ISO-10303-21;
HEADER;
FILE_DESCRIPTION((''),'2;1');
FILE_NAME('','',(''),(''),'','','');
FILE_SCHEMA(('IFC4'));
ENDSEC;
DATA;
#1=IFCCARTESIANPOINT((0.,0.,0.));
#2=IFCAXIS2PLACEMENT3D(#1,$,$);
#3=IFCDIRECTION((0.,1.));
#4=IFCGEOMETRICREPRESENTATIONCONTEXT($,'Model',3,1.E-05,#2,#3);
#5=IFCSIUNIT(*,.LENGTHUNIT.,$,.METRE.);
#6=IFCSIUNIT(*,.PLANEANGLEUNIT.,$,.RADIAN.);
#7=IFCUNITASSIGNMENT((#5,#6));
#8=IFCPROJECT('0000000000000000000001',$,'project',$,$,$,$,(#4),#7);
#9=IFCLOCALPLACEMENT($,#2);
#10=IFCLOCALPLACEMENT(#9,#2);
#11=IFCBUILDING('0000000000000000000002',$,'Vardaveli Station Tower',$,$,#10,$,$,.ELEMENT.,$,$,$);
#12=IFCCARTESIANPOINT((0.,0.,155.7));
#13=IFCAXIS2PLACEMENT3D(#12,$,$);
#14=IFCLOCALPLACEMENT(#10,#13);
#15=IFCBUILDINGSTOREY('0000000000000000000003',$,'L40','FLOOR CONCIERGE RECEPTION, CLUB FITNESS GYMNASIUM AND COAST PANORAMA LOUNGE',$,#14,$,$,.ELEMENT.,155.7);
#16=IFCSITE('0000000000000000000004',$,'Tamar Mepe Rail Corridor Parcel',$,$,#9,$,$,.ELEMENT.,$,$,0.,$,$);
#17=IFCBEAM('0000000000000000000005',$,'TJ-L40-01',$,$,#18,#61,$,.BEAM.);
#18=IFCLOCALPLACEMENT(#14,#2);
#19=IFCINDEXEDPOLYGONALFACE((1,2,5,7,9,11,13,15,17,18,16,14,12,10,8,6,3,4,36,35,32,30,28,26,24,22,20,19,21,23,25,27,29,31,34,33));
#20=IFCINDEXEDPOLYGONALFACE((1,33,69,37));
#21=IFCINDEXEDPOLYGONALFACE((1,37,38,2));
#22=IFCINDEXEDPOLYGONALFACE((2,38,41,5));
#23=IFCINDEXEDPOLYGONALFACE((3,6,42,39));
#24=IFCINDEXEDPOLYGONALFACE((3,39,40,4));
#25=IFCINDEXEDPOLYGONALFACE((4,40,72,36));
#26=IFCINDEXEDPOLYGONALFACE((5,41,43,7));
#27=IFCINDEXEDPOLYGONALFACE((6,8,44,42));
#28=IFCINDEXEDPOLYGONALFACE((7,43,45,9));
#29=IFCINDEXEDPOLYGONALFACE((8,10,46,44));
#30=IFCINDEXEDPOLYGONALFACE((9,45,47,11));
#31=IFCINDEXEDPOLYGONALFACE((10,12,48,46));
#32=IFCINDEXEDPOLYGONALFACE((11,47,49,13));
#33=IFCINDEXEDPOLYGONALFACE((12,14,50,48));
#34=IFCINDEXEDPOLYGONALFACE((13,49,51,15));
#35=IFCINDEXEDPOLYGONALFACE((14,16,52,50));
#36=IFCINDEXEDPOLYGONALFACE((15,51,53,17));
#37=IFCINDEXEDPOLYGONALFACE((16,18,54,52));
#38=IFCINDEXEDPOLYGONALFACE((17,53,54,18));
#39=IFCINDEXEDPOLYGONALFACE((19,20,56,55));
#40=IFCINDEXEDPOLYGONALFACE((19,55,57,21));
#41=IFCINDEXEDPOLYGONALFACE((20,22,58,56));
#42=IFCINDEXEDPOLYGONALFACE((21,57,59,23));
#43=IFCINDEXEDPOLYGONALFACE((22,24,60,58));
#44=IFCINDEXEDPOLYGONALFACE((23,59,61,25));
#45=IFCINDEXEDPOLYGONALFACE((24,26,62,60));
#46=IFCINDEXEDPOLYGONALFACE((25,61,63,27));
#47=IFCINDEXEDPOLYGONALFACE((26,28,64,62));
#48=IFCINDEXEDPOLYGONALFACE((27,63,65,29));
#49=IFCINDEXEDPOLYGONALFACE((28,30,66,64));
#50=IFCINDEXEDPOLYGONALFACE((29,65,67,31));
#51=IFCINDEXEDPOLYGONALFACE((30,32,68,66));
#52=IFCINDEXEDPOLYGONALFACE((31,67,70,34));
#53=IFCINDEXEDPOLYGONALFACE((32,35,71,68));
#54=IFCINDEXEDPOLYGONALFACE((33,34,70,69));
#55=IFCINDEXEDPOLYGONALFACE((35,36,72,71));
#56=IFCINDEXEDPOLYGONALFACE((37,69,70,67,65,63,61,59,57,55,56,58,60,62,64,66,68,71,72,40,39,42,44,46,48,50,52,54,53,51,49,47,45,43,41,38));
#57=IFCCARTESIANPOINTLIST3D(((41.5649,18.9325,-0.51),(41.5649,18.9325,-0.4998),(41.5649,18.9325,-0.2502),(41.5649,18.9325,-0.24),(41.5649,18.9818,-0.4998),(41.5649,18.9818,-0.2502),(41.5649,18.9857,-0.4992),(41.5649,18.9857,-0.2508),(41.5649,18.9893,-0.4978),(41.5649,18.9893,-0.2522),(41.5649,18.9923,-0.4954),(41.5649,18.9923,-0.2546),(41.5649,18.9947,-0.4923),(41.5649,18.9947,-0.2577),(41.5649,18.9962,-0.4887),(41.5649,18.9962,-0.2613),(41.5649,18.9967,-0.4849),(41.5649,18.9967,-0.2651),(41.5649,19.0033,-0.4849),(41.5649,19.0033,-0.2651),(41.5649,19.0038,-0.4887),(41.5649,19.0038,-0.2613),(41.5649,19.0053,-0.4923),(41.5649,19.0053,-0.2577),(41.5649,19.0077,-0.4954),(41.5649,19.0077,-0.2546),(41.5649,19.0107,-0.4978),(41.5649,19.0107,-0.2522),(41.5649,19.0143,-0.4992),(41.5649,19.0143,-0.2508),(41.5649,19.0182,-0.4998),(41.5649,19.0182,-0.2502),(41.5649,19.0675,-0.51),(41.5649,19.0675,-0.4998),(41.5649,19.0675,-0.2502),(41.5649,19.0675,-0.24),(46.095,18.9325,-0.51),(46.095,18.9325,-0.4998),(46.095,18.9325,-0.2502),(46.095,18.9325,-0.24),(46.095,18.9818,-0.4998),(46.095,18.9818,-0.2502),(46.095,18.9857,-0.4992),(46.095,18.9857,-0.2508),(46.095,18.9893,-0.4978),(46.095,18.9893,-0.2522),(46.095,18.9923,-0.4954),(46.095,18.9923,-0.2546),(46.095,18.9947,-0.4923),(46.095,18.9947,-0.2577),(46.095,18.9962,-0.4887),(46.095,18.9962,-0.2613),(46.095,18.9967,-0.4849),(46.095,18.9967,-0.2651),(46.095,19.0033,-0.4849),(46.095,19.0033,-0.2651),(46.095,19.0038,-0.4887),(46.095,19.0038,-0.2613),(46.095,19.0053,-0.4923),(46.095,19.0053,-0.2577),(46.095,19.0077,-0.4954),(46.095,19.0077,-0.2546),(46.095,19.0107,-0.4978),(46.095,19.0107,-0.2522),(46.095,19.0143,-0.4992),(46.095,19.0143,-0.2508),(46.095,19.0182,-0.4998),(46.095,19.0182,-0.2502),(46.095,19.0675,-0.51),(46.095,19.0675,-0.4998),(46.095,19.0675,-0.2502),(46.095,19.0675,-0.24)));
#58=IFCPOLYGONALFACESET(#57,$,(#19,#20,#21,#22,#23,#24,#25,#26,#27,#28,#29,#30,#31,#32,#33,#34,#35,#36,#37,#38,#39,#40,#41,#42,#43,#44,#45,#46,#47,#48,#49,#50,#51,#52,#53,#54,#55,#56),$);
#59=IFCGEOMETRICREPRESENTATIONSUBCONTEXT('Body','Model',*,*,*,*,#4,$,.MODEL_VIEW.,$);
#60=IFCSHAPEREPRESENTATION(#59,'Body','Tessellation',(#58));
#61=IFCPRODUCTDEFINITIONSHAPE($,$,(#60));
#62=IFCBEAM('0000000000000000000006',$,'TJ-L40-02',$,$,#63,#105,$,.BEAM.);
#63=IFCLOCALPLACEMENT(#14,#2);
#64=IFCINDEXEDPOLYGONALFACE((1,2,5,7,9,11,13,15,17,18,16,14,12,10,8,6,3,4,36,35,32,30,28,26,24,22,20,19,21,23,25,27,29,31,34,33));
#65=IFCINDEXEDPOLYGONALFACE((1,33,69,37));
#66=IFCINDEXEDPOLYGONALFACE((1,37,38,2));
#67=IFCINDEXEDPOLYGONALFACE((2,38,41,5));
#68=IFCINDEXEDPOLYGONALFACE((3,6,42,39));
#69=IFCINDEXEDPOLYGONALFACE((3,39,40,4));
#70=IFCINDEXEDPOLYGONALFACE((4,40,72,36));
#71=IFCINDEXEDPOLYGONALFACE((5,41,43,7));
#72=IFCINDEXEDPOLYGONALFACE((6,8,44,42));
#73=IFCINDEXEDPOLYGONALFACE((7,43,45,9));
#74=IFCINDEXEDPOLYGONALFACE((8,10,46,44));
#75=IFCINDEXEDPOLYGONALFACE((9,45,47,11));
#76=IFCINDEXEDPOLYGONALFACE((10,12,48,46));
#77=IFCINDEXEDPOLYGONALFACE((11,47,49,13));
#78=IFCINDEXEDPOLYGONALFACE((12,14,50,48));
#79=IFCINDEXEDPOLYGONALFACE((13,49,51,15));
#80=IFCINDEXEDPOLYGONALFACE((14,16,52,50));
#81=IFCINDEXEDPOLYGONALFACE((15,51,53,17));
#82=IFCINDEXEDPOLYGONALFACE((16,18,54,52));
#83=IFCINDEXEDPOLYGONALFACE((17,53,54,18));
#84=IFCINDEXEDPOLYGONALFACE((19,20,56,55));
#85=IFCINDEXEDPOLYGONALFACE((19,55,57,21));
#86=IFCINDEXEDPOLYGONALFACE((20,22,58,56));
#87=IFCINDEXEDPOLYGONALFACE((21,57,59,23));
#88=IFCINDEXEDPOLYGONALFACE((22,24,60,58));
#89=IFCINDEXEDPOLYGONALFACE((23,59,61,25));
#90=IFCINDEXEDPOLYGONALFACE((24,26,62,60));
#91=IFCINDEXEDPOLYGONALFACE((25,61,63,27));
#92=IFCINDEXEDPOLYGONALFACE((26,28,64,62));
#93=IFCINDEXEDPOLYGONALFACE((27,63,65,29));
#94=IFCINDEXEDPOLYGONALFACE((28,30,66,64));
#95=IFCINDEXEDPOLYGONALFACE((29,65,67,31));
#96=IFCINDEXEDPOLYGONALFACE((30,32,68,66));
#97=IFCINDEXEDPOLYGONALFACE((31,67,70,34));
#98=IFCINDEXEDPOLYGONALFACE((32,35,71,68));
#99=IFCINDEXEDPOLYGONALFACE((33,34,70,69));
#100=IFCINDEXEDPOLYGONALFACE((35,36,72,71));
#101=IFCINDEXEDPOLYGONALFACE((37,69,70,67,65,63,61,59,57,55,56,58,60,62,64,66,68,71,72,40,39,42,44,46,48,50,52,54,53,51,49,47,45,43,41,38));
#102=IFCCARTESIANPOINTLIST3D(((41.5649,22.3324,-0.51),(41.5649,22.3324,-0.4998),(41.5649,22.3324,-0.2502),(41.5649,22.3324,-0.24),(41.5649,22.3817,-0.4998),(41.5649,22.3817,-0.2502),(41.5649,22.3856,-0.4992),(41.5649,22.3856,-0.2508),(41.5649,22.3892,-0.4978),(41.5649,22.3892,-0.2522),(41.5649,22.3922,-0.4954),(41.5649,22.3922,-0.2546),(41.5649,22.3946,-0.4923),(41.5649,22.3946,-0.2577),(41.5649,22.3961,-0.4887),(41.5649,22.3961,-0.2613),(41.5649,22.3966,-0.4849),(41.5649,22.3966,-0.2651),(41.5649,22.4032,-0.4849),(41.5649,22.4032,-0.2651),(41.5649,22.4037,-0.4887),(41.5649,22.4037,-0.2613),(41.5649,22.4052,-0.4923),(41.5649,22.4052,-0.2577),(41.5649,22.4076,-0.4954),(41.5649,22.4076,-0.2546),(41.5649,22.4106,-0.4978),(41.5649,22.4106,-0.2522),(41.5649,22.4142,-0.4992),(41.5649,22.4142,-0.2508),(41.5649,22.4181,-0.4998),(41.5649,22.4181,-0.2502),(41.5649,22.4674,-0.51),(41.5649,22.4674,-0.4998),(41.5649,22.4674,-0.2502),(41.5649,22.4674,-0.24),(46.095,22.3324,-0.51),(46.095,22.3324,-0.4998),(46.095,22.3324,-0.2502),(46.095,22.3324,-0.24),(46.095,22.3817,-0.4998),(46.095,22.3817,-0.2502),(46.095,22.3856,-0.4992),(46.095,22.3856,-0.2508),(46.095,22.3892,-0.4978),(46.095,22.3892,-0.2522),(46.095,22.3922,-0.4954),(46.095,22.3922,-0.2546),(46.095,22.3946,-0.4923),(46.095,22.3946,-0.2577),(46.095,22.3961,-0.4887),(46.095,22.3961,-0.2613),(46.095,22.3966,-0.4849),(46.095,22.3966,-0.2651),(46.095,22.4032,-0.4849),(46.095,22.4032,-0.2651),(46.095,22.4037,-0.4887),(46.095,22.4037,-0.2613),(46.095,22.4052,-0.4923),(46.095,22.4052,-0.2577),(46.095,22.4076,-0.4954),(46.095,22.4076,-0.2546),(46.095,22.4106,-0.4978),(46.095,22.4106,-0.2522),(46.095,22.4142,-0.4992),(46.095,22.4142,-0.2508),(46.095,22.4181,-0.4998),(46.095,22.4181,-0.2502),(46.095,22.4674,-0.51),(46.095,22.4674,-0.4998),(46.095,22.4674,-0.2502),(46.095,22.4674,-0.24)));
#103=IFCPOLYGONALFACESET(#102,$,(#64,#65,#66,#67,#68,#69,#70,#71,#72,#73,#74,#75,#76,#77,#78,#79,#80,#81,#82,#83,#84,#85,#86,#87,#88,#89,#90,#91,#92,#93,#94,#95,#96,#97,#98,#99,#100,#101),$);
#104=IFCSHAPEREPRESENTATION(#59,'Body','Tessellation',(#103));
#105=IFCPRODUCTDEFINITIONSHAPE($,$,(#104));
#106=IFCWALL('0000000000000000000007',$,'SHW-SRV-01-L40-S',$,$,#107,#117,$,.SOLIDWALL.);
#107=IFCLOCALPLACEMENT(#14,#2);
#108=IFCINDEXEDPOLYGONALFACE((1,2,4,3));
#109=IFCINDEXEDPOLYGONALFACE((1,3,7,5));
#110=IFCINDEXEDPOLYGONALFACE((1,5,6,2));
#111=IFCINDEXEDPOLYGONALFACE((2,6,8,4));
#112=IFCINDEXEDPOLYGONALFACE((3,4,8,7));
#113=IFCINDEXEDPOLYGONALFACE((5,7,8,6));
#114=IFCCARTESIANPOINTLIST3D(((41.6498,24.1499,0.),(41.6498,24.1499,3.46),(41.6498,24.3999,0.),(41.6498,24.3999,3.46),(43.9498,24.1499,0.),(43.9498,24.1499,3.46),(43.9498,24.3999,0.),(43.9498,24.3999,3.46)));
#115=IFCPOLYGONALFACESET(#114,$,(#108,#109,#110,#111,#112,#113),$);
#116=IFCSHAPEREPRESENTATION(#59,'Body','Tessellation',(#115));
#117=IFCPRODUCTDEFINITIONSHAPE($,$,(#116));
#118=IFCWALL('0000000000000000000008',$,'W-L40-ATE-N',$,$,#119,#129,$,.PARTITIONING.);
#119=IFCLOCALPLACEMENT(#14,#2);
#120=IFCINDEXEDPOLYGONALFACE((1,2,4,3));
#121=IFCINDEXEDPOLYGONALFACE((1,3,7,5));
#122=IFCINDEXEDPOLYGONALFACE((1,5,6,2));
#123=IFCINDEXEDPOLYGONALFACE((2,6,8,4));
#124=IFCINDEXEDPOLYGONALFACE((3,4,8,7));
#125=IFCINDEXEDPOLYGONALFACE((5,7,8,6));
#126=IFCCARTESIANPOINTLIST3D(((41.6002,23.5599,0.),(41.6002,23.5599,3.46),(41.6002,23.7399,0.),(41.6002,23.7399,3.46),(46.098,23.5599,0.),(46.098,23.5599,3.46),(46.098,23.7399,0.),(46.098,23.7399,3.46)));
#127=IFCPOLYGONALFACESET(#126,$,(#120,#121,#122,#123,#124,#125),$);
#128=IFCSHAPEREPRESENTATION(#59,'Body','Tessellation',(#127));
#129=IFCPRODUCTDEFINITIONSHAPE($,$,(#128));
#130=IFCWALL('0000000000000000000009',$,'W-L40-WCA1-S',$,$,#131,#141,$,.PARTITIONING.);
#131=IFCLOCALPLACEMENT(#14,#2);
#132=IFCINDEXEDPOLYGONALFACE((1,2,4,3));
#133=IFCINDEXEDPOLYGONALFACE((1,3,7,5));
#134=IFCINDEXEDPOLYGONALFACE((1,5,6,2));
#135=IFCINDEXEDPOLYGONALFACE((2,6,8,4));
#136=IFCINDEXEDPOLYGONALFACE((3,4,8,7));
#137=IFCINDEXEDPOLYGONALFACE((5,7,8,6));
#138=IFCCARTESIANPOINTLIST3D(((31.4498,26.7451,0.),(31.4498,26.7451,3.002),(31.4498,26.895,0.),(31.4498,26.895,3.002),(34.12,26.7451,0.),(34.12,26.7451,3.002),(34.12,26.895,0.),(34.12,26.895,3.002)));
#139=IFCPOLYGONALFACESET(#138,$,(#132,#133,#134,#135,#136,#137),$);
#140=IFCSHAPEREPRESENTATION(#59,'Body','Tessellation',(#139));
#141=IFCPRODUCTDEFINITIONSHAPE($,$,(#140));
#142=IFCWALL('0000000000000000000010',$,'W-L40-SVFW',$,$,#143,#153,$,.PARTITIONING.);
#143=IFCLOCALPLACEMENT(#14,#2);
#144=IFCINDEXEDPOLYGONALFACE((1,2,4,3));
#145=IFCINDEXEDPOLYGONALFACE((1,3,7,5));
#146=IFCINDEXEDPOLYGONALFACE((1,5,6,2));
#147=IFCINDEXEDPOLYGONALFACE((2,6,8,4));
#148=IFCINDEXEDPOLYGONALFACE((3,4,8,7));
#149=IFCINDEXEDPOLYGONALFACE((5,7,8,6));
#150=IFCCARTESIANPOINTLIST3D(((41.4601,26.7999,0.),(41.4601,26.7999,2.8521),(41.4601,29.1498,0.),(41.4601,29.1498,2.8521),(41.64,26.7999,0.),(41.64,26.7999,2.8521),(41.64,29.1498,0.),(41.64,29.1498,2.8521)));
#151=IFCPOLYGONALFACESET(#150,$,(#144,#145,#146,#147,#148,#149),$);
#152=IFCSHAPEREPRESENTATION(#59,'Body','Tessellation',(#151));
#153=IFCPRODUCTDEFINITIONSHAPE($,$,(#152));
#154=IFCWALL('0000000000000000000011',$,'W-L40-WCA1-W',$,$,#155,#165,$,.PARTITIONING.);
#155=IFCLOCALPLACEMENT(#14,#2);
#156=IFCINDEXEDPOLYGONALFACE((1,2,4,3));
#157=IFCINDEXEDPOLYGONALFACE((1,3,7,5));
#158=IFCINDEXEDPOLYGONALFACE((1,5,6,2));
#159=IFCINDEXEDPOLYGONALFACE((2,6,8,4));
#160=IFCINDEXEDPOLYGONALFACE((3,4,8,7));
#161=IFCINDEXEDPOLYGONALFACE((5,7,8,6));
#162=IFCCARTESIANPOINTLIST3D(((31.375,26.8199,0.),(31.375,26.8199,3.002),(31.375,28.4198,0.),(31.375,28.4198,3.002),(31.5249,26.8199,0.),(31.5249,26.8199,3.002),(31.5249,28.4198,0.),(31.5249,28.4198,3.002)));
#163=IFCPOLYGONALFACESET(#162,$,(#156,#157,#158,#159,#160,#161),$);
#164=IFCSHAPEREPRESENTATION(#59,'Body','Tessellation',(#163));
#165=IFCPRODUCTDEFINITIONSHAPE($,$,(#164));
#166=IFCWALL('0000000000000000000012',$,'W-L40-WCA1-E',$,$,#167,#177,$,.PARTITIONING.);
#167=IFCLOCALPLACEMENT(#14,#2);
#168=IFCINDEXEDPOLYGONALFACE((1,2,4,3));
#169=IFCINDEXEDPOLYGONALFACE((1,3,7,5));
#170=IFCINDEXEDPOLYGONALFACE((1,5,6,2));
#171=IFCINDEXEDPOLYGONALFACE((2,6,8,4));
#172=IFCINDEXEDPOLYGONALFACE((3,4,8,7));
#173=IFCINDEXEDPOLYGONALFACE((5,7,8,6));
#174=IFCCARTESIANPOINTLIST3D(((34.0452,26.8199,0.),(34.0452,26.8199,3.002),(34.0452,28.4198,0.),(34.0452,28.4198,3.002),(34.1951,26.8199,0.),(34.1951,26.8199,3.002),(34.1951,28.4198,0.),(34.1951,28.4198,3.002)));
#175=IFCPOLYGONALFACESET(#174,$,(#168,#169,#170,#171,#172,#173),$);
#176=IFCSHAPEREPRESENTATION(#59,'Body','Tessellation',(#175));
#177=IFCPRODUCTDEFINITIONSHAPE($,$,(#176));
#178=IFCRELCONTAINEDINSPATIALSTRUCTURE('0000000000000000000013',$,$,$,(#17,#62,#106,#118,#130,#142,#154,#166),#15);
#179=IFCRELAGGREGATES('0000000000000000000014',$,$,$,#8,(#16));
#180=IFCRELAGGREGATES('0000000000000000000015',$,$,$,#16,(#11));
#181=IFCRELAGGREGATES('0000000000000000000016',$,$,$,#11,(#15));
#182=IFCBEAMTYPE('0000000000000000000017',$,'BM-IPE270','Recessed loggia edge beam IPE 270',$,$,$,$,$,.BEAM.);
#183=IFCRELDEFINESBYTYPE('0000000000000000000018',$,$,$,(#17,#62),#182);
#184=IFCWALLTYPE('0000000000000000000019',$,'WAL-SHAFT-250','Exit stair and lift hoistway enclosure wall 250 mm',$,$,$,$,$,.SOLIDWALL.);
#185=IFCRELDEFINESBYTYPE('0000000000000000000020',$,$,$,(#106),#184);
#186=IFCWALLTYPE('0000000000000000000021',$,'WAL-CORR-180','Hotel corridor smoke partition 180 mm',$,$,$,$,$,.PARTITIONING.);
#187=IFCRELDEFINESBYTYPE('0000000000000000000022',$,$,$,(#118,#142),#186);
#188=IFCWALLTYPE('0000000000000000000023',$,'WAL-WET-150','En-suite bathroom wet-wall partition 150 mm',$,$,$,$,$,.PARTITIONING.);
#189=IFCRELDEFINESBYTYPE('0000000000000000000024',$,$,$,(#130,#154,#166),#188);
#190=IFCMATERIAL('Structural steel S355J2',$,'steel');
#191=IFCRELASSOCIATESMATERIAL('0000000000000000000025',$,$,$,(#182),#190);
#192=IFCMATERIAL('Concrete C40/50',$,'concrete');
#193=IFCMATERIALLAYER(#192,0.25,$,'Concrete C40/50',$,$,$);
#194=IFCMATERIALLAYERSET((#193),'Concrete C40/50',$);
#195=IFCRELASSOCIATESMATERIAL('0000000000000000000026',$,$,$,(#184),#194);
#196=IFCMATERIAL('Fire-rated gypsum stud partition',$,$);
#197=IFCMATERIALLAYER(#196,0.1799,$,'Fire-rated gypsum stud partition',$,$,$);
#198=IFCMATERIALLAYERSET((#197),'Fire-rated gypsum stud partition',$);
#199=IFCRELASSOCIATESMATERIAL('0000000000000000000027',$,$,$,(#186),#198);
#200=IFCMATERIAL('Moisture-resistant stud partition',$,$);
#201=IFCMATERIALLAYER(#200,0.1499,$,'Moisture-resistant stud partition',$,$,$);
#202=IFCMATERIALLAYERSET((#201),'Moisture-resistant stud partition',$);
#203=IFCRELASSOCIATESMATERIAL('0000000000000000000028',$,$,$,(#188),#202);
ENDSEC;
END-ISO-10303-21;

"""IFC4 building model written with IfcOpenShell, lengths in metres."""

from ifc_helpers import new_model, si_unit, direction, frame, frame_2d, origin, origin_2d, place, context, subcontext, project, spatial, rectangle, i_section, extrude, source, transform, mapped, material, layer, layer_set, material_profile, profile_set, type_object, element, save


model = new_model("IFC4")

# Units and contexts
model_context = context("Model", 3, precision=1e-05, world=origin(), true_north=direction((0.0, 1.0)))
body_context = subcontext(model_context, "Body", "Model", "MODEL_VIEW")
ifc_project = project(units=[si_unit("LENGTHUNIT", "METRE"), si_unit("PLANEANGLEUNIT", "RADIAN")], contexts=[model_context])

# Site, building, storey
site_placement = place(None, origin())
site = spatial("IfcSite", under=ifc_project, at=site_placement, Name="Tamar Mepe Rail Corridor Parcel", CompositionType="ELEMENT", RefElevation=0.0)
building_placement = place(site_placement, origin())
building = spatial("IfcBuilding", under=site, at=building_placement, Name="Vardaveli Station Tower", CompositionType="ELEMENT")
storey_placement = place(building_placement, frame((0.0, 0.0, 155.7)))
storey = spatial("IfcBuildingStorey", under=building, at=storey_placement, Name="L40", Description="FLOOR CONCIERGE RECEPTION, CLUB FITNESS GYMNASIUM AND COAST PANORAMA LOUNGE", CompositionType="ELEMENT", Elevation=155.7)

# Beams
ifc_material_1 = material(Name="Structural steel S355J2", Category="steel")
ifc_material_profile_1 = material_profile(ifc_material_1, i_section(OverallWidth=0.135, OverallDepth=0.27, WebThickness=0.0066, FlangeThickness=0.0103, FilletRadius=0.0149, at=origin_2d()), Name="IPE 270")
ifc_profile_set_1 = profile_set([ifc_material_profile_1], Name="Structural steel S355J2")
beam_type_1 = type_object("IfcBeamType", Name="BM-IPE270", Description="Recessed loggia edge beam IPE 270", PredefinedType="BEAM", material=ifc_profile_set_1)
shared_shape_1 = source(origin(), body_context, "Body", "SweptSolid", [
    extrude(i_section(OverallWidth=0.135, OverallDepth=0.27, WebThickness=0.0066, FlangeThickness=0.0103, FilletRadius=0.0149, at=origin_2d()), origin(), (0.0, 0.0, 1.0), 4.53),
])
for number, where, z_axis, x_axis, name in (
    (1, (41.5649, 19.0, -0.375), (1.0, 0.0, 0.0), (0.0, 1.0, 0.0), "TJ-L40-01"),
    (2, (41.5649, 22.3999, -0.375), (1.0, 0.0, 0.0), (0.0, 1.0, 0.0), "TJ-L40-02"),
):
    element("IfcBeam", number, at=place(storey_placement, frame(where, z_axis=z_axis, x_axis=x_axis)), inside=storey, type_object=beam_type_1, Name=name, PredefinedType="BEAM", context=body_context, shape_type="MappedRepresentation", body=[
        mapped(shared_shape_1, transform((0.0, 0.0, 0.0), scale=1.0)),
    ])

# Walls
ifc_material_2 = material(Name="Concrete C40/50", Category="concrete")
ifc_layer_1 = layer(ifc_material_2, 0.25, Name="Concrete C40/50")
ifc_layer_set_1 = layer_set([ifc_layer_1], Name="Concrete C40/50")
wall_type_1 = type_object("IfcWallType", Name="WAL-SHAFT-250", Description="Exit stair and lift hoistway enclosure wall 250 mm", PredefinedType="SOLIDWALL", material=ifc_layer_set_1)
shared_shape_2 = source(origin(), body_context, "Body", "SweptSolid", [
    extrude(rectangle(XDim=2.3, YDim=0.25, at=frame_2d((1.1499, 0.0))), origin(), (0.0, 0.0, 1.0), 3.46),
])
wall_1_placement = place(storey_placement, frame((41.6499, 24.2749, 0.0), z_axis=(0.0, 0.0, 1.0), x_axis=(1.0, 0.0, 0.0)))
element("IfcWall", 3, at=wall_1_placement, inside=storey, type_object=wall_type_1, Name="SHW-SRV-01-L40-S", PredefinedType="SOLIDWALL", context=body_context, shape_type="MappedRepresentation", body=[
    mapped(shared_shape_2, transform((0.0, 0.0, 0.0), scale=1.0)),
])
ifc_material_3 = material(Name="Fire-rated gypsum stud partition")
ifc_layer_2 = layer(ifc_material_3, 0.1799, Name="Fire-rated gypsum stud partition")
ifc_layer_set_2 = layer_set([ifc_layer_2], Name="Fire-rated gypsum stud partition")
wall_type_2 = type_object("IfcWallType", Name="WAL-CORR-180", Description="Hotel corridor smoke partition 180 mm", PredefinedType="PARTITIONING", material=ifc_layer_set_2)
shared_shape_3 = source(origin(), body_context, "Body", "SweptSolid", [
    extrude(rectangle(XDim=4.4978, YDim=0.1799, at=frame_2d((2.249, 0.0))), origin(), (0.0, 0.0, 1.0), 3.46),
])
wall_2_placement = place(storey_placement, frame((41.6001, 23.6499, 0.0), z_axis=(0.0, 0.0, 1.0), x_axis=(1.0, 0.0, 0.0)))
element("IfcWall", 4, at=wall_2_placement, inside=storey, type_object=wall_type_2, Name="W-L40-ATE-N", PredefinedType="PARTITIONING", context=body_context, shape_type="MappedRepresentation", body=[
    mapped(shared_shape_3, transform((0.0, 0.0, 0.0), scale=1.0)),
])
ifc_material_4 = material(Name="Moisture-resistant stud partition")
ifc_layer_3 = layer(ifc_material_4, 0.1499, Name="Moisture-resistant stud partition")
ifc_layer_set_3 = layer_set([ifc_layer_3], Name="Moisture-resistant stud partition")
wall_type_3 = type_object("IfcWallType", Name="WAL-WET-150", Description="En-suite bathroom wet-wall partition 150 mm", PredefinedType="PARTITIONING", material=ifc_layer_set_3)
shared_shape_4 = source(origin(), body_context, "Body", "SweptSolid", [
    extrude(rectangle(XDim=2.6702, YDim=0.1499, at=frame_2d((1.335, 0.0))), origin(), (0.0, 0.0, 1.0), 3.002),
])
wall_3_placement = place(storey_placement, frame((31.45, 26.8201, 0.0), z_axis=(0.0, 0.0, 1.0), x_axis=(1.0, 0.0, 0.0)))
element("IfcWall", 5, at=wall_3_placement, inside=storey, type_object=wall_type_3, Name="W-L40-WCA1-S", PredefinedType="PARTITIONING", context=body_context, shape_type="MappedRepresentation", body=[
    mapped(shared_shape_4, transform((0.0, 0.0, 0.0), scale=1.0)),
])
shared_shape_5 = source(origin(), body_context, "Body", "SweptSolid", [
    extrude(rectangle(XDim=2.3499, YDim=0.1799, at=frame_2d((1.1748, 0.0))), origin(), (0.0, 0.0, 1.0), 2.8521),
])
wall_4_placement = place(storey_placement, frame((41.55, 26.8, 0.0), z_axis=(0.0, 0.0, 1.0), x_axis=(0.0, 1.0, 0.0)))
element("IfcWall", 6, at=wall_4_placement, inside=storey, type_object=wall_type_2, Name="W-L40-SVFW", PredefinedType="PARTITIONING", context=body_context, shape_type="MappedRepresentation", body=[
    mapped(shared_shape_5, transform((0.0, 0.0, 0.0), scale=1.0)),
])
shared_shape_6 = source(origin(), body_context, "Body", "SweptSolid", [
    extrude(rectangle(XDim=1.5999, YDim=0.1499, at=frame_2d((0.7998, 0.0))), origin(), (0.0, 0.0, 1.0), 3.002),
])
for number, where, z_axis, x_axis, name in (
    (7, (31.45, 26.8201, 0.0), (0.0, 0.0, 1.0), (0.0, 1.0, 0.0), "W-L40-WCA1-W"),
    (8, (34.1201, 26.8201, 0.0), (0.0, 0.0, 1.0), (0.0, 1.0, 0.0), "W-L40-WCA1-E"),
):
    element("IfcWall", number, at=place(storey_placement, frame(where, z_axis=z_axis, x_axis=x_axis)), inside=storey, type_object=wall_type_3, Name=name, PredefinedType="PARTITIONING", context=body_context, shape_type="MappedRepresentation", body=[
        mapped(shared_shape_6, transform((0.0, 0.0, 0.0), scale=1.0)),
    ])

save(model, "model.ifc")
